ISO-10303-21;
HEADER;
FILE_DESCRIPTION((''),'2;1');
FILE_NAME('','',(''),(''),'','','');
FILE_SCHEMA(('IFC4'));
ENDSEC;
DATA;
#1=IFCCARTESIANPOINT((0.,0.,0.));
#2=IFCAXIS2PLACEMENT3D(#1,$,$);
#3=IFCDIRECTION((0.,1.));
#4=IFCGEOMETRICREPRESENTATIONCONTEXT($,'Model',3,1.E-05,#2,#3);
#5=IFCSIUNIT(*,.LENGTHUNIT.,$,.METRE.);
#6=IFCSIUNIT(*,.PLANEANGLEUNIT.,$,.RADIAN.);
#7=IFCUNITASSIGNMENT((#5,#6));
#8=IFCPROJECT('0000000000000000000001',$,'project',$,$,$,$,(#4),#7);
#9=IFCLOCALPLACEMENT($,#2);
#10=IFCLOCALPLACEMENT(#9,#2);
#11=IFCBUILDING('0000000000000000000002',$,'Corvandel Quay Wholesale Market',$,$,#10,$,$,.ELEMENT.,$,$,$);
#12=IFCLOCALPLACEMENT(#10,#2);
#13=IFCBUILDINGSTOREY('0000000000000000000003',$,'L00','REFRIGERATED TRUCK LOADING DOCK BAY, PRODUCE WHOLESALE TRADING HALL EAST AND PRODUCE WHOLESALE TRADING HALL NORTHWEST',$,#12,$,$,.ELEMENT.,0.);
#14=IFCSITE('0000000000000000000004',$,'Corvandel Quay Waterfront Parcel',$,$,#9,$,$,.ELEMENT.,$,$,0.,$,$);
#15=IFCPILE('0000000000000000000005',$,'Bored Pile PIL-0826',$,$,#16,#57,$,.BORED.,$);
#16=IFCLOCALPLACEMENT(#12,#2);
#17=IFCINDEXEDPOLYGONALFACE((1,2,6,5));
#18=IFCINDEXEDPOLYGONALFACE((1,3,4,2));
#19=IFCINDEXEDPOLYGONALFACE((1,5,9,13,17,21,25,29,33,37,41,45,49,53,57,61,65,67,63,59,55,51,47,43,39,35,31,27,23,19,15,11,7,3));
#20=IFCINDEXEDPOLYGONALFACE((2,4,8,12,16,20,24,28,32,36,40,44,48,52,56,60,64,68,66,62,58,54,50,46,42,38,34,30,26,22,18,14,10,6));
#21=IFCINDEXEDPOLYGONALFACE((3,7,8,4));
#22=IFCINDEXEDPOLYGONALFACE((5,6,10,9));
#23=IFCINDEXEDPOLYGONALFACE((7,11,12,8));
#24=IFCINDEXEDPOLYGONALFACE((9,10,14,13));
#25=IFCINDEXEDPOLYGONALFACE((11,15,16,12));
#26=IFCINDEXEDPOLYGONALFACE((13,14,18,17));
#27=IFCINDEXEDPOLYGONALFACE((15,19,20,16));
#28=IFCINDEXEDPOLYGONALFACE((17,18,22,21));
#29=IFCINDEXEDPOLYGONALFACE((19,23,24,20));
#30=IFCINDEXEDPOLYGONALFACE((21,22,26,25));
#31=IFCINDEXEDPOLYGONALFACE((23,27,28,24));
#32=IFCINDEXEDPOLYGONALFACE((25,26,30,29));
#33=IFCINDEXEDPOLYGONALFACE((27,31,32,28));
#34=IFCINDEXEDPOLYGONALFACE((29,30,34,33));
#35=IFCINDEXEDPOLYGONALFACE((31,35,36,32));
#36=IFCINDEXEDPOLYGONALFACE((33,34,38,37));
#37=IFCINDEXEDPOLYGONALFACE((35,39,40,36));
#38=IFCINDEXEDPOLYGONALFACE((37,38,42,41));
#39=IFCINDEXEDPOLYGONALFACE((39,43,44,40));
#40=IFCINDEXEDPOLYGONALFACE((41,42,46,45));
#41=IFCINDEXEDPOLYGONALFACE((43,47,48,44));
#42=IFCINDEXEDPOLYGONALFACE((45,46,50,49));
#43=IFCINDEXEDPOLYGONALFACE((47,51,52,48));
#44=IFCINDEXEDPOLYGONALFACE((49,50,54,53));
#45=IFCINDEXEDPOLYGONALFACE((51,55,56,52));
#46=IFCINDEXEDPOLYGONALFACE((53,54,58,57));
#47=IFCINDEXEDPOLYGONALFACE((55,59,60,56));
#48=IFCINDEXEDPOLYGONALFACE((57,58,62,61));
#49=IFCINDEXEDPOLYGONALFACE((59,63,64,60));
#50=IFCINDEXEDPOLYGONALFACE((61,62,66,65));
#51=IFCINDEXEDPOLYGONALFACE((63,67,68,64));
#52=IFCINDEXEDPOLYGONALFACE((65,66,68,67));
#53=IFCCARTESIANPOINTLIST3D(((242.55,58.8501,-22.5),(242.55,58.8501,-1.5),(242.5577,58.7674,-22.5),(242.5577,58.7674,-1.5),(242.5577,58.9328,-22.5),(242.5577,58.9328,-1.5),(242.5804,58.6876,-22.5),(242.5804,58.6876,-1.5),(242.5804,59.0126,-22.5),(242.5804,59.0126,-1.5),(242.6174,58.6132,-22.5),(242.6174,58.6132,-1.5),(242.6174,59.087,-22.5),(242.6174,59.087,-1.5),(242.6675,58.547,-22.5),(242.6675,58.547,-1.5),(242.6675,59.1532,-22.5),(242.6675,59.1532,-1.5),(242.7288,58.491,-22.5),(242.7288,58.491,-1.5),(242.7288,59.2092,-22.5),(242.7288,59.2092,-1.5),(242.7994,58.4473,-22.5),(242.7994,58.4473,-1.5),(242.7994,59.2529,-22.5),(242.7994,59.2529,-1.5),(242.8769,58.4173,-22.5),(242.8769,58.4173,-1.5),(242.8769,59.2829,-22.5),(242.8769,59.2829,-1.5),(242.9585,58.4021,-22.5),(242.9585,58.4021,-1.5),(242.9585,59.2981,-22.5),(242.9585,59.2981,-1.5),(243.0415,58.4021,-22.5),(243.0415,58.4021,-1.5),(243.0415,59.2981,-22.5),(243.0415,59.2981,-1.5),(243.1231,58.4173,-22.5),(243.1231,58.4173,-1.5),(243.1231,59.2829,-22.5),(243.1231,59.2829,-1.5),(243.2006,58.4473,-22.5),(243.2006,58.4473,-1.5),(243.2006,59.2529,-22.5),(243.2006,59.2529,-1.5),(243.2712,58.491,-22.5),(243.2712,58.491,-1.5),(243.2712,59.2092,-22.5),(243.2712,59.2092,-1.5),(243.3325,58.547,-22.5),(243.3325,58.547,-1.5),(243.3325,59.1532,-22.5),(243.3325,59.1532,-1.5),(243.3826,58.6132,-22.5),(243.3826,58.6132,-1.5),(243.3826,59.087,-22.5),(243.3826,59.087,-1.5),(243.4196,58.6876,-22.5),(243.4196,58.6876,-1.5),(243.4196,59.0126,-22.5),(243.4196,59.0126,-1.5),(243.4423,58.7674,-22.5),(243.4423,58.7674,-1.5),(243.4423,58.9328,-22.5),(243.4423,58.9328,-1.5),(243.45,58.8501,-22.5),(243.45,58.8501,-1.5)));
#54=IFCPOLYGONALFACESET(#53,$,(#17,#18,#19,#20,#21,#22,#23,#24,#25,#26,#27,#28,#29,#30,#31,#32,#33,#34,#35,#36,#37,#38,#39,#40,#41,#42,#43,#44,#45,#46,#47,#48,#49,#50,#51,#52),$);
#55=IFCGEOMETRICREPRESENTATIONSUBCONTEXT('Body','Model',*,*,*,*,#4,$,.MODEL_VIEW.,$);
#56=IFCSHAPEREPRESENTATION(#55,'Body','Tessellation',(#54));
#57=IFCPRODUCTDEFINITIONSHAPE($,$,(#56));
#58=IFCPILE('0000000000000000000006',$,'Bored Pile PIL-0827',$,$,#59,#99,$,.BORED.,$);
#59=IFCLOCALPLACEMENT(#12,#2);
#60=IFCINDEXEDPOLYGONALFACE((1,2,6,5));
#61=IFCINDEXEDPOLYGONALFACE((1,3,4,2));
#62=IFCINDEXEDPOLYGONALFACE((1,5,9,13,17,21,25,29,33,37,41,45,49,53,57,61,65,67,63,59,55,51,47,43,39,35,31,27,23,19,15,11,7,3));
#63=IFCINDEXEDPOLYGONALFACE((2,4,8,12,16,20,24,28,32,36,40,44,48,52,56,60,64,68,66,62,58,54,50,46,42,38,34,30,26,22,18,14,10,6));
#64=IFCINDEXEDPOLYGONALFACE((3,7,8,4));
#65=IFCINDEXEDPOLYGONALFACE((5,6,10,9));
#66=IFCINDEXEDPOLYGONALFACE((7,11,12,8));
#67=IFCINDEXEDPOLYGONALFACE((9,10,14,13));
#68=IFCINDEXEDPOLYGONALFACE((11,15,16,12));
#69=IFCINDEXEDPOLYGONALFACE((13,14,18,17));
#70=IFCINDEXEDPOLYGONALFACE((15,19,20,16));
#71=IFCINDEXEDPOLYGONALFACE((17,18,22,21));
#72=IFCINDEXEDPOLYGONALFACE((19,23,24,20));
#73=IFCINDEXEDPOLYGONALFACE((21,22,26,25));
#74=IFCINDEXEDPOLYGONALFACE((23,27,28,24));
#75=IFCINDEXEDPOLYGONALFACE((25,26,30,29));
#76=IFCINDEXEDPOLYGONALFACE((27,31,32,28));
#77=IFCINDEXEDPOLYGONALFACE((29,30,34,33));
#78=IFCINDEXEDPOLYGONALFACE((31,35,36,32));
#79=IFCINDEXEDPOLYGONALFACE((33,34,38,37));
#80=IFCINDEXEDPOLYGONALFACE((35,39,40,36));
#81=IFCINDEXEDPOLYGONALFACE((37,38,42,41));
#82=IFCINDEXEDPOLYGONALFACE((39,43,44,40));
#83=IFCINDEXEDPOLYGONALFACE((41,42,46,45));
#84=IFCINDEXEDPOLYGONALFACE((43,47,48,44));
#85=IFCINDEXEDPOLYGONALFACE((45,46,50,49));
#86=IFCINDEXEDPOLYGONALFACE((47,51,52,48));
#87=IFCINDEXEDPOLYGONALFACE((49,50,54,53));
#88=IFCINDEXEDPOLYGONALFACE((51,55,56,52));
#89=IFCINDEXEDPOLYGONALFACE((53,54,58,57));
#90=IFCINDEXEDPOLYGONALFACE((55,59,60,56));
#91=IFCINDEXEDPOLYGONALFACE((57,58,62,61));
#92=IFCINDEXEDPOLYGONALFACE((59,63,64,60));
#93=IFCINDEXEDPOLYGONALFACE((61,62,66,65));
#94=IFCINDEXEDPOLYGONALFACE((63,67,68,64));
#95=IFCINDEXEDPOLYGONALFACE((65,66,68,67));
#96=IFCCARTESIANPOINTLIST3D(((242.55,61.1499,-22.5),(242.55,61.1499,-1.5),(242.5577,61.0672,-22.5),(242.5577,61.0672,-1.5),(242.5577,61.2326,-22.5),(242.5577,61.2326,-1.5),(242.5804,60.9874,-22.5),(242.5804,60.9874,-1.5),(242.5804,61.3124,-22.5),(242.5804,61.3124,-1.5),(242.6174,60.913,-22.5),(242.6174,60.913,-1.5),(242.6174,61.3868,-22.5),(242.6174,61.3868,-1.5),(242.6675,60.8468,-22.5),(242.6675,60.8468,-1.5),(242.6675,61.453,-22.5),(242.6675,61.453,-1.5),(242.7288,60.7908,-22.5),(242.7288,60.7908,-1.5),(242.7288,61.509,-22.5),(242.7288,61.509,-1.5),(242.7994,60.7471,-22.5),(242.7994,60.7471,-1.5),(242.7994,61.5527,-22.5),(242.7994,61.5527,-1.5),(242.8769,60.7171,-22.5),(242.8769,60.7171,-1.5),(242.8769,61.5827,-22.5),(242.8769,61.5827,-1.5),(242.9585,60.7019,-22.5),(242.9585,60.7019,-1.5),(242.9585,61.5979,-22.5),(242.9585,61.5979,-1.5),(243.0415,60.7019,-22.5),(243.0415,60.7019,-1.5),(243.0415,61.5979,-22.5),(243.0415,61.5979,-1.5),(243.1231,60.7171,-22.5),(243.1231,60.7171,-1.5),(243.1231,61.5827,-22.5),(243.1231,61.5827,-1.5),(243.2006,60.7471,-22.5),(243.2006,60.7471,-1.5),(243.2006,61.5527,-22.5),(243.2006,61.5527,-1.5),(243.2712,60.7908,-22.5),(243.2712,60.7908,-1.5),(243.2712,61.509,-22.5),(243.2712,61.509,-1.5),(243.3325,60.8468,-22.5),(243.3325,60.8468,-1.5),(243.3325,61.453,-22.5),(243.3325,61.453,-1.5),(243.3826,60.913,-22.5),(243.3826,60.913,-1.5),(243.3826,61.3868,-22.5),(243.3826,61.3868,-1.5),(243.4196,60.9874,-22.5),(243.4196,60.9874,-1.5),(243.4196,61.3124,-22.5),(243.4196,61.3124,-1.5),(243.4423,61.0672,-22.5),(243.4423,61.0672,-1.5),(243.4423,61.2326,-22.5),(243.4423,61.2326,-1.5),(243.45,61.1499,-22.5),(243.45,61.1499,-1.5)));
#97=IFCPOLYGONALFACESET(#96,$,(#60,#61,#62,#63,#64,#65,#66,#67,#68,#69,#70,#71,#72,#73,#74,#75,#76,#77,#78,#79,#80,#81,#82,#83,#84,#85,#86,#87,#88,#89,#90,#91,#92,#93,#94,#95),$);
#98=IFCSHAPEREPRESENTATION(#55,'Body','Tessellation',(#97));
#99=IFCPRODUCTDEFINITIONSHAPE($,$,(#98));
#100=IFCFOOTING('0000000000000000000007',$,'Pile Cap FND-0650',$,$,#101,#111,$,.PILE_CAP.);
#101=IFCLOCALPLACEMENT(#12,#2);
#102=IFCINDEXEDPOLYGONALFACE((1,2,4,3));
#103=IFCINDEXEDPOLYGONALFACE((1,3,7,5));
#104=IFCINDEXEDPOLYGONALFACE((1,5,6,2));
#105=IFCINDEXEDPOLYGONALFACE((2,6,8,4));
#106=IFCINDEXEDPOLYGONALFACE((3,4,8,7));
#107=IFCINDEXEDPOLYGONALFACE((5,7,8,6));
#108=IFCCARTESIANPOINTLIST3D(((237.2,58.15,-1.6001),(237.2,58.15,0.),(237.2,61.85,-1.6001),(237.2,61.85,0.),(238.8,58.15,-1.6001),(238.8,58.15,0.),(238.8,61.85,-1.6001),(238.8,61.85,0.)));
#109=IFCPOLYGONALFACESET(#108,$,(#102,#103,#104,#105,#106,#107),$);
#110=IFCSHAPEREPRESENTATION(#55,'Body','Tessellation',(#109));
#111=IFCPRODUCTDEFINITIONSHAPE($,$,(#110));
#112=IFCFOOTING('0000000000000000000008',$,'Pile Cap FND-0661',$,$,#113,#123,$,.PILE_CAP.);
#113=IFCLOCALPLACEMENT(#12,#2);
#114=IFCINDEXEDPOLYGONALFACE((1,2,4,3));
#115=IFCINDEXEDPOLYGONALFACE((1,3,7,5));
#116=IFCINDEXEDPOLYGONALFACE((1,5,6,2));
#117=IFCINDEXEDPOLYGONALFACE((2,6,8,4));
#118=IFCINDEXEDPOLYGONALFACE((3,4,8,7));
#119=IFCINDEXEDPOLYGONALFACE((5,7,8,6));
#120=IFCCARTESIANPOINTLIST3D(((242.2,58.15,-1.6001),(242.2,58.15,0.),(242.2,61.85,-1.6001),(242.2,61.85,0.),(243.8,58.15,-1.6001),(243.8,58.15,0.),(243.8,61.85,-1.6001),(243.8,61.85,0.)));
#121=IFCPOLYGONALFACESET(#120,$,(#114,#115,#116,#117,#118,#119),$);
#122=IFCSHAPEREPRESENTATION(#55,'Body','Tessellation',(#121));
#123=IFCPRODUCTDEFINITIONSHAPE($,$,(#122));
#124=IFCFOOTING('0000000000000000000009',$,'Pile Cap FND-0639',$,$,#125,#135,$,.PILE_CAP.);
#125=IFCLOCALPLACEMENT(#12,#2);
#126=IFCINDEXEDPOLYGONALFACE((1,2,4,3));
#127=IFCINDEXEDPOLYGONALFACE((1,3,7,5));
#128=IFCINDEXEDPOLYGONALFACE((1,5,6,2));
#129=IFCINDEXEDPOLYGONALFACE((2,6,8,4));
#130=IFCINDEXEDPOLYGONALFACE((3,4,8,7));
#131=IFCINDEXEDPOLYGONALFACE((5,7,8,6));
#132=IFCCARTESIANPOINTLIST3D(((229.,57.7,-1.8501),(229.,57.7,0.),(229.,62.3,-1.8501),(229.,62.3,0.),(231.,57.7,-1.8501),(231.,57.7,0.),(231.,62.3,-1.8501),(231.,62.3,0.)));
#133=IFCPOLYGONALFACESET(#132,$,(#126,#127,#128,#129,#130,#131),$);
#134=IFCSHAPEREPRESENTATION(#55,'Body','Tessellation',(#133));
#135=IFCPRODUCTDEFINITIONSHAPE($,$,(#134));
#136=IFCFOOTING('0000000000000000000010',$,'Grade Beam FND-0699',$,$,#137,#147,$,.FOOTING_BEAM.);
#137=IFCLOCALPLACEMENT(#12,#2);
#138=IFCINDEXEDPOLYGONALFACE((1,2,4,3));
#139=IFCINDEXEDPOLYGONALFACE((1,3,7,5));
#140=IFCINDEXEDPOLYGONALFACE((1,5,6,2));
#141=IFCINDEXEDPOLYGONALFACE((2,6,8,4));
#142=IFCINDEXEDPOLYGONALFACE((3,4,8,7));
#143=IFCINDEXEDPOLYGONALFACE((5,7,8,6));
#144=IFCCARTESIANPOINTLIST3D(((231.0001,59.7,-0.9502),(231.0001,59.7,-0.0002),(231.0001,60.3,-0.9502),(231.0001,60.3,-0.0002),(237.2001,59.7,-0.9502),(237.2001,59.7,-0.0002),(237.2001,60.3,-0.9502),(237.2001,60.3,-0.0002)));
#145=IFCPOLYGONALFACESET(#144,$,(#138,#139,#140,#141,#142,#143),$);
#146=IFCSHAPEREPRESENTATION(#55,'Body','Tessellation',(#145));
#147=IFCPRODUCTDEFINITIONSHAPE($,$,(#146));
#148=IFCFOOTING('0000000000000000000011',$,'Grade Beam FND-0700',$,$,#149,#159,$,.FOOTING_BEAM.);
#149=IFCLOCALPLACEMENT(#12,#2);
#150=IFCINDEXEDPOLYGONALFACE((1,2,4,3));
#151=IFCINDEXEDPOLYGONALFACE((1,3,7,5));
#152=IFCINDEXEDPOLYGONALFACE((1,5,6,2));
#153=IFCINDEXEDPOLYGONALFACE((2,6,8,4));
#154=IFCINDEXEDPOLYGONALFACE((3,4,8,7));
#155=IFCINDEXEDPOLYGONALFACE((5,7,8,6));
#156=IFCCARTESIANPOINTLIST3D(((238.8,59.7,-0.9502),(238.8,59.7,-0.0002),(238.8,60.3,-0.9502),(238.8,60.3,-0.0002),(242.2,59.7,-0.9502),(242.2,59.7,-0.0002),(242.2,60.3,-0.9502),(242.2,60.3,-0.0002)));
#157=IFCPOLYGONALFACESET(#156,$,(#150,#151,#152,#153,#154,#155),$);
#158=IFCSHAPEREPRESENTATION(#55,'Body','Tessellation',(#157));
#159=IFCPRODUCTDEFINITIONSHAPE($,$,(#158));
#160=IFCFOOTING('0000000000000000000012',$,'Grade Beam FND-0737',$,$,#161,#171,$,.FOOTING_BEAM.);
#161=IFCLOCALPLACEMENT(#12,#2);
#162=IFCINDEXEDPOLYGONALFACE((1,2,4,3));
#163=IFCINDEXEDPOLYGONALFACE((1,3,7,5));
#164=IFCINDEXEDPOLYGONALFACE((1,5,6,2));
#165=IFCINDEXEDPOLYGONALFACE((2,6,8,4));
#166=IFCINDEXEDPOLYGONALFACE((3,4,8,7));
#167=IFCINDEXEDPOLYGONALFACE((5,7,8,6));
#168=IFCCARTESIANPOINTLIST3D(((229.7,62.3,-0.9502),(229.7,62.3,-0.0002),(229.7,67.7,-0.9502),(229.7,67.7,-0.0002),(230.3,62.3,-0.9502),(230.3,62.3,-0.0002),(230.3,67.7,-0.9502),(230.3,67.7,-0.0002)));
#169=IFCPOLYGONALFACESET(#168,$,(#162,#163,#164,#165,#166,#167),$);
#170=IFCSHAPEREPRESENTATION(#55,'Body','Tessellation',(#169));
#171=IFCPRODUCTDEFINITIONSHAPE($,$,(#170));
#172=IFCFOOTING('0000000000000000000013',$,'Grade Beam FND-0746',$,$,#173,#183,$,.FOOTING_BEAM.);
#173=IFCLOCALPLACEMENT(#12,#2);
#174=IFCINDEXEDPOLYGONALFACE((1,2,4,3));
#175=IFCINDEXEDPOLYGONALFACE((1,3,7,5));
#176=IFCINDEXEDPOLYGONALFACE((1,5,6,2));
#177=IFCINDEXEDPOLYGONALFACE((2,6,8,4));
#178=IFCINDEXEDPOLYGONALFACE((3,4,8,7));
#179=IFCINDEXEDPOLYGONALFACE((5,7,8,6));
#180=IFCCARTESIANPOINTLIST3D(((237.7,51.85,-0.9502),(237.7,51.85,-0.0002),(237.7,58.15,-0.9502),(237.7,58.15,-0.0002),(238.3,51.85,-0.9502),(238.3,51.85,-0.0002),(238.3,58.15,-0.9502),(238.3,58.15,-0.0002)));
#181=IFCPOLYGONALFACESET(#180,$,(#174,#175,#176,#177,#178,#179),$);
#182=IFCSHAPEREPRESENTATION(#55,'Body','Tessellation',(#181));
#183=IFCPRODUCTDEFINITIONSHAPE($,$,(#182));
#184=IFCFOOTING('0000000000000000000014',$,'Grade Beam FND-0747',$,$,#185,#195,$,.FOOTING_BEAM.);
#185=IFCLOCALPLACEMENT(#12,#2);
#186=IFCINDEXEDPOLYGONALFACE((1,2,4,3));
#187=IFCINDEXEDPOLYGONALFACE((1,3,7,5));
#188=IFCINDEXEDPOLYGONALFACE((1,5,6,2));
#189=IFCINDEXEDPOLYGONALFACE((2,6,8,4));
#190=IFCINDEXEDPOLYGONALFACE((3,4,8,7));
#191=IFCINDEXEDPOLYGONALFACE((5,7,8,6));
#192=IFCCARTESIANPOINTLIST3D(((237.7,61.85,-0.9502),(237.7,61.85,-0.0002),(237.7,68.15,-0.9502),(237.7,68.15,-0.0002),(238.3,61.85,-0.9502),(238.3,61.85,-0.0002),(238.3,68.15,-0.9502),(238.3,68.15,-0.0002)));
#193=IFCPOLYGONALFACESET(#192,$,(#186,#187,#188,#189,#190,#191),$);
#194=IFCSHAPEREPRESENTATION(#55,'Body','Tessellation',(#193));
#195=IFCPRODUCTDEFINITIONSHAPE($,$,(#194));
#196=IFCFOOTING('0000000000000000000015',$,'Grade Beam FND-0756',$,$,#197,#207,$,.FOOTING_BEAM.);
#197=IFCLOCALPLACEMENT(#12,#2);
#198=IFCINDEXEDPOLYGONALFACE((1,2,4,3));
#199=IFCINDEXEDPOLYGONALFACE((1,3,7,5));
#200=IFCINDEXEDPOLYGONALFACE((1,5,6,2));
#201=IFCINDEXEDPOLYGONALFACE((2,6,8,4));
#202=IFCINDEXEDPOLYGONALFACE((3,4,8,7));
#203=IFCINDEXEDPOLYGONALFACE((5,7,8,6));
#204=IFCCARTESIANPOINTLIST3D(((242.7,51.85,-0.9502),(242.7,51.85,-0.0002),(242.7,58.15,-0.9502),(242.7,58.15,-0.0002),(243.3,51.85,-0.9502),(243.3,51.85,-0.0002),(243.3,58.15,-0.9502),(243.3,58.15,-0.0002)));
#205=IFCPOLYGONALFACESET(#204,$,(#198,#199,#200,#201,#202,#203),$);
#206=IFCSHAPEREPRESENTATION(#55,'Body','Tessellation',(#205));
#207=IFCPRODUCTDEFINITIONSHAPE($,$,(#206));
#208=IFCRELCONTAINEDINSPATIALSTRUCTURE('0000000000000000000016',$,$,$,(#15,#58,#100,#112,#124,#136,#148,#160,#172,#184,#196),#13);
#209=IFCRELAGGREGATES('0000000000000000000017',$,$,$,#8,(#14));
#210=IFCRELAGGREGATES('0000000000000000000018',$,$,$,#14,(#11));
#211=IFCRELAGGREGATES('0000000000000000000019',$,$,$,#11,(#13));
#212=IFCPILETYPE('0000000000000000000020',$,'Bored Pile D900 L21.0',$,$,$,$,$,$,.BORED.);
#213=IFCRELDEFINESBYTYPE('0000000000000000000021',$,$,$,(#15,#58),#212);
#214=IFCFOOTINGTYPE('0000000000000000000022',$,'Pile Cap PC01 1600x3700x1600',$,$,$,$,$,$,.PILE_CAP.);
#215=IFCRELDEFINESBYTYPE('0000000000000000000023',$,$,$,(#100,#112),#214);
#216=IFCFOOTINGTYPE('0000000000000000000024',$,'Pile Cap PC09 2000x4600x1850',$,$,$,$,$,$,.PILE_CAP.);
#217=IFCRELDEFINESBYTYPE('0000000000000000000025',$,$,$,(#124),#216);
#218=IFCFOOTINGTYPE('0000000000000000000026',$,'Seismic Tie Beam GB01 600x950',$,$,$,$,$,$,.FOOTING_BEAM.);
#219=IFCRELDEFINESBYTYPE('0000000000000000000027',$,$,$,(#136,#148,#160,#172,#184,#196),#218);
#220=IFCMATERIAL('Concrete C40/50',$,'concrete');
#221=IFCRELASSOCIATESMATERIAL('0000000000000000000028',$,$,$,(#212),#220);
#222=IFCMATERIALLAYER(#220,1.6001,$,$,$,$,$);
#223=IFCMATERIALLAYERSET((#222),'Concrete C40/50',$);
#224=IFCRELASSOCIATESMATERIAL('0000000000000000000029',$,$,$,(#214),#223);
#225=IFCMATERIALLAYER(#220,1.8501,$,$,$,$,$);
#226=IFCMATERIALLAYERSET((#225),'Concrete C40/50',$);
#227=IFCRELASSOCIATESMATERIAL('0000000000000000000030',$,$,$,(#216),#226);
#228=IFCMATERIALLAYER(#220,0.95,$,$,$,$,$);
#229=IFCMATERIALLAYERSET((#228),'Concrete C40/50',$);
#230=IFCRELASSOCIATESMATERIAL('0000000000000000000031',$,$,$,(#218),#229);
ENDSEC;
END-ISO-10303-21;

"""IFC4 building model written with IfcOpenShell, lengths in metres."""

from ifc_helpers import new_model, si_unit, direction, frame, origin, origin_2d, place, context, subcontext, project, spatial, rectangle, circle, extrude, material, layer, layer_set, material_profile, profile_set, type_object, element, save


model = new_model("IFC4")

# Units and contexts
model_context = context("Model", 3, precision=1e-05, world=origin(), true_north=direction((0.0, 1.0)))
body_context = subcontext(model_context, "Body", "Model", "MODEL_VIEW")
ifc_project = project(units=[si_unit("LENGTHUNIT", "METRE"), si_unit("PLANEANGLEUNIT", "RADIAN")], contexts=[model_context])

# Site, building, storey
site_placement = place(None, origin())
site = spatial("IfcSite", under=ifc_project, at=site_placement, Name="Corvandel Quay Waterfront Parcel", CompositionType="ELEMENT", RefElevation=0.0)
building_placement = place(site_placement, origin())
building = spatial("IfcBuilding", under=site, at=building_placement, Name="Corvandel Quay Wholesale Market", CompositionType="ELEMENT")
storey_placement = place(building_placement, origin())
storey = spatial("IfcBuildingStorey", under=building, at=storey_placement, Name="L00", Description="REFRIGERATED TRUCK LOADING DOCK BAY, PRODUCE WHOLESALE TRADING HALL EAST AND PRODUCE WHOLESALE TRADING HALL NORTHWEST", CompositionType="ELEMENT", Elevation=0.0)

# Piles
ifc_material_1 = material(Name="Concrete C40/50", Category="concrete")
ifc_material_profile_1 = material_profile(ifc_material_1, circle(Radius=0.45, at=origin_2d()), Name="RC-PILE-D900")
ifc_profile_set_1 = profile_set([ifc_material_profile_1], Name="Concrete C40/50")
pile_type_1 = type_object("IfcPileType", Name="Bored Pile D900 L21.0", PredefinedType="BORED", material=ifc_profile_set_1)
for number, where, z_axis, x_axis, name in (
    (1, (243.0, 58.8501, -1.5), (0.0, 0.0, -1.0), (1.0, 0.0, 0.0), "Bored Pile PIL-0826"),
    (2, (243.0, 61.1499, -1.5), (0.0, 0.0, -1.0), (1.0, 0.0, 0.0), "Bored Pile PIL-0827"),
):
    element("IfcPile", number, at=place(storey_placement, frame(where, z_axis=z_axis, x_axis=x_axis)), inside=storey, type_object=pile_type_1, Name=name, PredefinedType="BORED", context=body_context, shape_type="SweptSolid", body=[
        extrude(circle(Radius=0.45, at=origin_2d()), origin(), (0.0, 0.0, 1.0), 21.0),
    ])

# Footings
ifc_layer_1 = layer(ifc_material_1, 1.6001)
ifc_layer_set_1 = layer_set([ifc_layer_1], Name="Concrete C40/50")
footing_type_1 = type_object("IfcFootingType", Name="Pile Cap PC01 1600x3700x1600", PredefinedType="PILE_CAP", material=ifc_layer_set_1)
for number, where, z_axis, x_axis, name in (
    (3, (238.0, 60.0, -1.6001), (0.0, 0.0, 1.0), (1.0, 0.0, 0.0), "Pile Cap FND-0650"),
    (4, (243.0, 60.0, -1.6001), (0.0, 0.0, 1.0), (1.0, 0.0, 0.0), "Pile Cap FND-0661"),
):
    element("IfcFooting", number, at=place(storey_placement, frame(where, z_axis=z_axis, x_axis=x_axis)), inside=storey, type_object=footing_type_1, Name=name, PredefinedType="PILE_CAP", context=body_context, shape_type="SweptSolid", body=[
        extrude(rectangle(XDim=1.6001, YDim=3.7, at=origin_2d()), origin(), (0.0, 0.0, 1.0), 1.6001),
    ])
ifc_layer_2 = layer(ifc_material_1, 1.8501)
ifc_layer_set_2 = layer_set([ifc_layer_2], Name="Concrete C40/50")
footing_type_2 = type_object("IfcFootingType", Name="Pile Cap PC09 2000x4600x1850", PredefinedType="PILE_CAP", material=ifc_layer_set_2)
footing_1_placement = place(storey_placement, frame((230.0, 60.0, -1.8501), z_axis=(0.0, 0.0, 1.0), x_axis=(1.0, 0.0, 0.0)))
element("IfcFooting", 5, at=footing_1_placement, inside=storey, type_object=footing_type_2, Name="Pile Cap FND-0639", PredefinedType="PILE_CAP", context=body_context, shape_type="SweptSolid", body=[
    extrude(rectangle(XDim=2.0, YDim=4.6001, at=origin_2d()), origin(), (0.0, 0.0, 1.0), 1.8501),
])
ifc_layer_3 = layer(ifc_material_1, 0.95)
ifc_layer_set_3 = layer_set([ifc_layer_3], Name="Concrete C40/50")
footing_type_3 = type_object("IfcFootingType", Name="Seismic Tie Beam GB01 600x950", PredefinedType="FOOTING_BEAM", material=ifc_layer_set_3)
footing_2_placement = place(storey_placement, frame((234.1001, 60.0, -0.9502), z_axis=(0.0, 0.0, 1.0), x_axis=(1.0, 0.0, 0.0)))
element("IfcFooting", 6, at=footing_2_placement, inside=storey, type_object=footing_type_3, Name="Grade Beam FND-0699", PredefinedType="FOOTING_BEAM", context=body_context, shape_type="SweptSolid", body=[
    extrude(rectangle(XDim=6.2, YDim=0.6001, at=origin_2d()), origin(), (0.0, 0.0, 1.0), 0.95),
])
footing_3_placement = place(storey_placement, frame((240.5, 60.0, -0.9502), z_axis=(0.0, 0.0, 1.0), x_axis=(1.0, 0.0, 0.0)))
element("IfcFooting", 7, at=footing_3_placement, inside=storey, type_object=footing_type_3, Name="Grade Beam FND-0700", PredefinedType="FOOTING_BEAM", context=body_context, shape_type="SweptSolid", body=[
    extrude(rectangle(XDim=3.3999, YDim=0.6001, at=origin_2d()), origin(), (0.0, 0.0, 1.0), 0.95),
])
footing_4_placement = place(storey_placement, frame((230.0, 65.0, -0.9502), z_axis=(0.0, 0.0, 1.0), x_axis=(0.0, 1.0, 0.0)))
element("IfcFooting", 8, at=footing_4_placement, inside=storey, type_object=footing_type_3, Name="Grade Beam FND-0737", PredefinedType="FOOTING_BEAM", context=body_context, shape_type="SweptSolid", body=[
    extrude(rectangle(XDim=5.3999, YDim=0.6001, at=origin_2d()), origin(), (0.0, 0.0, 1.0), 0.95),
])
for number, where, z_axis, x_axis, name in (
    (9, (238.0, 55.0, -0.9502), (0.0, 0.0, 1.0), (0.0, 1.0, 0.0), "Grade Beam FND-0746"),
    (10, (238.0, 65.0, -0.9502), (0.0, 0.0, 1.0), (0.0, 1.0, 0.0), "Grade Beam FND-0747"),
    (11, (243.0, 55.0, -0.9502), (0.0, 0.0, 1.0), (0.0, 1.0, 0.0), "Grade Beam FND-0756"),
):
    element("IfcFooting", number, at=place(storey_placement, frame(where, z_axis=z_axis, x_axis=x_axis)), inside=storey, type_object=footing_type_3, Name=name, PredefinedType="FOOTING_BEAM", context=body_context, shape_type="SweptSolid", body=[
        extrude(rectangle(XDim=6.3, YDim=0.6001, at=origin_2d()), origin(), (0.0, 0.0, 1.0), 0.95),
    ])

save(model, "model.ifc")
